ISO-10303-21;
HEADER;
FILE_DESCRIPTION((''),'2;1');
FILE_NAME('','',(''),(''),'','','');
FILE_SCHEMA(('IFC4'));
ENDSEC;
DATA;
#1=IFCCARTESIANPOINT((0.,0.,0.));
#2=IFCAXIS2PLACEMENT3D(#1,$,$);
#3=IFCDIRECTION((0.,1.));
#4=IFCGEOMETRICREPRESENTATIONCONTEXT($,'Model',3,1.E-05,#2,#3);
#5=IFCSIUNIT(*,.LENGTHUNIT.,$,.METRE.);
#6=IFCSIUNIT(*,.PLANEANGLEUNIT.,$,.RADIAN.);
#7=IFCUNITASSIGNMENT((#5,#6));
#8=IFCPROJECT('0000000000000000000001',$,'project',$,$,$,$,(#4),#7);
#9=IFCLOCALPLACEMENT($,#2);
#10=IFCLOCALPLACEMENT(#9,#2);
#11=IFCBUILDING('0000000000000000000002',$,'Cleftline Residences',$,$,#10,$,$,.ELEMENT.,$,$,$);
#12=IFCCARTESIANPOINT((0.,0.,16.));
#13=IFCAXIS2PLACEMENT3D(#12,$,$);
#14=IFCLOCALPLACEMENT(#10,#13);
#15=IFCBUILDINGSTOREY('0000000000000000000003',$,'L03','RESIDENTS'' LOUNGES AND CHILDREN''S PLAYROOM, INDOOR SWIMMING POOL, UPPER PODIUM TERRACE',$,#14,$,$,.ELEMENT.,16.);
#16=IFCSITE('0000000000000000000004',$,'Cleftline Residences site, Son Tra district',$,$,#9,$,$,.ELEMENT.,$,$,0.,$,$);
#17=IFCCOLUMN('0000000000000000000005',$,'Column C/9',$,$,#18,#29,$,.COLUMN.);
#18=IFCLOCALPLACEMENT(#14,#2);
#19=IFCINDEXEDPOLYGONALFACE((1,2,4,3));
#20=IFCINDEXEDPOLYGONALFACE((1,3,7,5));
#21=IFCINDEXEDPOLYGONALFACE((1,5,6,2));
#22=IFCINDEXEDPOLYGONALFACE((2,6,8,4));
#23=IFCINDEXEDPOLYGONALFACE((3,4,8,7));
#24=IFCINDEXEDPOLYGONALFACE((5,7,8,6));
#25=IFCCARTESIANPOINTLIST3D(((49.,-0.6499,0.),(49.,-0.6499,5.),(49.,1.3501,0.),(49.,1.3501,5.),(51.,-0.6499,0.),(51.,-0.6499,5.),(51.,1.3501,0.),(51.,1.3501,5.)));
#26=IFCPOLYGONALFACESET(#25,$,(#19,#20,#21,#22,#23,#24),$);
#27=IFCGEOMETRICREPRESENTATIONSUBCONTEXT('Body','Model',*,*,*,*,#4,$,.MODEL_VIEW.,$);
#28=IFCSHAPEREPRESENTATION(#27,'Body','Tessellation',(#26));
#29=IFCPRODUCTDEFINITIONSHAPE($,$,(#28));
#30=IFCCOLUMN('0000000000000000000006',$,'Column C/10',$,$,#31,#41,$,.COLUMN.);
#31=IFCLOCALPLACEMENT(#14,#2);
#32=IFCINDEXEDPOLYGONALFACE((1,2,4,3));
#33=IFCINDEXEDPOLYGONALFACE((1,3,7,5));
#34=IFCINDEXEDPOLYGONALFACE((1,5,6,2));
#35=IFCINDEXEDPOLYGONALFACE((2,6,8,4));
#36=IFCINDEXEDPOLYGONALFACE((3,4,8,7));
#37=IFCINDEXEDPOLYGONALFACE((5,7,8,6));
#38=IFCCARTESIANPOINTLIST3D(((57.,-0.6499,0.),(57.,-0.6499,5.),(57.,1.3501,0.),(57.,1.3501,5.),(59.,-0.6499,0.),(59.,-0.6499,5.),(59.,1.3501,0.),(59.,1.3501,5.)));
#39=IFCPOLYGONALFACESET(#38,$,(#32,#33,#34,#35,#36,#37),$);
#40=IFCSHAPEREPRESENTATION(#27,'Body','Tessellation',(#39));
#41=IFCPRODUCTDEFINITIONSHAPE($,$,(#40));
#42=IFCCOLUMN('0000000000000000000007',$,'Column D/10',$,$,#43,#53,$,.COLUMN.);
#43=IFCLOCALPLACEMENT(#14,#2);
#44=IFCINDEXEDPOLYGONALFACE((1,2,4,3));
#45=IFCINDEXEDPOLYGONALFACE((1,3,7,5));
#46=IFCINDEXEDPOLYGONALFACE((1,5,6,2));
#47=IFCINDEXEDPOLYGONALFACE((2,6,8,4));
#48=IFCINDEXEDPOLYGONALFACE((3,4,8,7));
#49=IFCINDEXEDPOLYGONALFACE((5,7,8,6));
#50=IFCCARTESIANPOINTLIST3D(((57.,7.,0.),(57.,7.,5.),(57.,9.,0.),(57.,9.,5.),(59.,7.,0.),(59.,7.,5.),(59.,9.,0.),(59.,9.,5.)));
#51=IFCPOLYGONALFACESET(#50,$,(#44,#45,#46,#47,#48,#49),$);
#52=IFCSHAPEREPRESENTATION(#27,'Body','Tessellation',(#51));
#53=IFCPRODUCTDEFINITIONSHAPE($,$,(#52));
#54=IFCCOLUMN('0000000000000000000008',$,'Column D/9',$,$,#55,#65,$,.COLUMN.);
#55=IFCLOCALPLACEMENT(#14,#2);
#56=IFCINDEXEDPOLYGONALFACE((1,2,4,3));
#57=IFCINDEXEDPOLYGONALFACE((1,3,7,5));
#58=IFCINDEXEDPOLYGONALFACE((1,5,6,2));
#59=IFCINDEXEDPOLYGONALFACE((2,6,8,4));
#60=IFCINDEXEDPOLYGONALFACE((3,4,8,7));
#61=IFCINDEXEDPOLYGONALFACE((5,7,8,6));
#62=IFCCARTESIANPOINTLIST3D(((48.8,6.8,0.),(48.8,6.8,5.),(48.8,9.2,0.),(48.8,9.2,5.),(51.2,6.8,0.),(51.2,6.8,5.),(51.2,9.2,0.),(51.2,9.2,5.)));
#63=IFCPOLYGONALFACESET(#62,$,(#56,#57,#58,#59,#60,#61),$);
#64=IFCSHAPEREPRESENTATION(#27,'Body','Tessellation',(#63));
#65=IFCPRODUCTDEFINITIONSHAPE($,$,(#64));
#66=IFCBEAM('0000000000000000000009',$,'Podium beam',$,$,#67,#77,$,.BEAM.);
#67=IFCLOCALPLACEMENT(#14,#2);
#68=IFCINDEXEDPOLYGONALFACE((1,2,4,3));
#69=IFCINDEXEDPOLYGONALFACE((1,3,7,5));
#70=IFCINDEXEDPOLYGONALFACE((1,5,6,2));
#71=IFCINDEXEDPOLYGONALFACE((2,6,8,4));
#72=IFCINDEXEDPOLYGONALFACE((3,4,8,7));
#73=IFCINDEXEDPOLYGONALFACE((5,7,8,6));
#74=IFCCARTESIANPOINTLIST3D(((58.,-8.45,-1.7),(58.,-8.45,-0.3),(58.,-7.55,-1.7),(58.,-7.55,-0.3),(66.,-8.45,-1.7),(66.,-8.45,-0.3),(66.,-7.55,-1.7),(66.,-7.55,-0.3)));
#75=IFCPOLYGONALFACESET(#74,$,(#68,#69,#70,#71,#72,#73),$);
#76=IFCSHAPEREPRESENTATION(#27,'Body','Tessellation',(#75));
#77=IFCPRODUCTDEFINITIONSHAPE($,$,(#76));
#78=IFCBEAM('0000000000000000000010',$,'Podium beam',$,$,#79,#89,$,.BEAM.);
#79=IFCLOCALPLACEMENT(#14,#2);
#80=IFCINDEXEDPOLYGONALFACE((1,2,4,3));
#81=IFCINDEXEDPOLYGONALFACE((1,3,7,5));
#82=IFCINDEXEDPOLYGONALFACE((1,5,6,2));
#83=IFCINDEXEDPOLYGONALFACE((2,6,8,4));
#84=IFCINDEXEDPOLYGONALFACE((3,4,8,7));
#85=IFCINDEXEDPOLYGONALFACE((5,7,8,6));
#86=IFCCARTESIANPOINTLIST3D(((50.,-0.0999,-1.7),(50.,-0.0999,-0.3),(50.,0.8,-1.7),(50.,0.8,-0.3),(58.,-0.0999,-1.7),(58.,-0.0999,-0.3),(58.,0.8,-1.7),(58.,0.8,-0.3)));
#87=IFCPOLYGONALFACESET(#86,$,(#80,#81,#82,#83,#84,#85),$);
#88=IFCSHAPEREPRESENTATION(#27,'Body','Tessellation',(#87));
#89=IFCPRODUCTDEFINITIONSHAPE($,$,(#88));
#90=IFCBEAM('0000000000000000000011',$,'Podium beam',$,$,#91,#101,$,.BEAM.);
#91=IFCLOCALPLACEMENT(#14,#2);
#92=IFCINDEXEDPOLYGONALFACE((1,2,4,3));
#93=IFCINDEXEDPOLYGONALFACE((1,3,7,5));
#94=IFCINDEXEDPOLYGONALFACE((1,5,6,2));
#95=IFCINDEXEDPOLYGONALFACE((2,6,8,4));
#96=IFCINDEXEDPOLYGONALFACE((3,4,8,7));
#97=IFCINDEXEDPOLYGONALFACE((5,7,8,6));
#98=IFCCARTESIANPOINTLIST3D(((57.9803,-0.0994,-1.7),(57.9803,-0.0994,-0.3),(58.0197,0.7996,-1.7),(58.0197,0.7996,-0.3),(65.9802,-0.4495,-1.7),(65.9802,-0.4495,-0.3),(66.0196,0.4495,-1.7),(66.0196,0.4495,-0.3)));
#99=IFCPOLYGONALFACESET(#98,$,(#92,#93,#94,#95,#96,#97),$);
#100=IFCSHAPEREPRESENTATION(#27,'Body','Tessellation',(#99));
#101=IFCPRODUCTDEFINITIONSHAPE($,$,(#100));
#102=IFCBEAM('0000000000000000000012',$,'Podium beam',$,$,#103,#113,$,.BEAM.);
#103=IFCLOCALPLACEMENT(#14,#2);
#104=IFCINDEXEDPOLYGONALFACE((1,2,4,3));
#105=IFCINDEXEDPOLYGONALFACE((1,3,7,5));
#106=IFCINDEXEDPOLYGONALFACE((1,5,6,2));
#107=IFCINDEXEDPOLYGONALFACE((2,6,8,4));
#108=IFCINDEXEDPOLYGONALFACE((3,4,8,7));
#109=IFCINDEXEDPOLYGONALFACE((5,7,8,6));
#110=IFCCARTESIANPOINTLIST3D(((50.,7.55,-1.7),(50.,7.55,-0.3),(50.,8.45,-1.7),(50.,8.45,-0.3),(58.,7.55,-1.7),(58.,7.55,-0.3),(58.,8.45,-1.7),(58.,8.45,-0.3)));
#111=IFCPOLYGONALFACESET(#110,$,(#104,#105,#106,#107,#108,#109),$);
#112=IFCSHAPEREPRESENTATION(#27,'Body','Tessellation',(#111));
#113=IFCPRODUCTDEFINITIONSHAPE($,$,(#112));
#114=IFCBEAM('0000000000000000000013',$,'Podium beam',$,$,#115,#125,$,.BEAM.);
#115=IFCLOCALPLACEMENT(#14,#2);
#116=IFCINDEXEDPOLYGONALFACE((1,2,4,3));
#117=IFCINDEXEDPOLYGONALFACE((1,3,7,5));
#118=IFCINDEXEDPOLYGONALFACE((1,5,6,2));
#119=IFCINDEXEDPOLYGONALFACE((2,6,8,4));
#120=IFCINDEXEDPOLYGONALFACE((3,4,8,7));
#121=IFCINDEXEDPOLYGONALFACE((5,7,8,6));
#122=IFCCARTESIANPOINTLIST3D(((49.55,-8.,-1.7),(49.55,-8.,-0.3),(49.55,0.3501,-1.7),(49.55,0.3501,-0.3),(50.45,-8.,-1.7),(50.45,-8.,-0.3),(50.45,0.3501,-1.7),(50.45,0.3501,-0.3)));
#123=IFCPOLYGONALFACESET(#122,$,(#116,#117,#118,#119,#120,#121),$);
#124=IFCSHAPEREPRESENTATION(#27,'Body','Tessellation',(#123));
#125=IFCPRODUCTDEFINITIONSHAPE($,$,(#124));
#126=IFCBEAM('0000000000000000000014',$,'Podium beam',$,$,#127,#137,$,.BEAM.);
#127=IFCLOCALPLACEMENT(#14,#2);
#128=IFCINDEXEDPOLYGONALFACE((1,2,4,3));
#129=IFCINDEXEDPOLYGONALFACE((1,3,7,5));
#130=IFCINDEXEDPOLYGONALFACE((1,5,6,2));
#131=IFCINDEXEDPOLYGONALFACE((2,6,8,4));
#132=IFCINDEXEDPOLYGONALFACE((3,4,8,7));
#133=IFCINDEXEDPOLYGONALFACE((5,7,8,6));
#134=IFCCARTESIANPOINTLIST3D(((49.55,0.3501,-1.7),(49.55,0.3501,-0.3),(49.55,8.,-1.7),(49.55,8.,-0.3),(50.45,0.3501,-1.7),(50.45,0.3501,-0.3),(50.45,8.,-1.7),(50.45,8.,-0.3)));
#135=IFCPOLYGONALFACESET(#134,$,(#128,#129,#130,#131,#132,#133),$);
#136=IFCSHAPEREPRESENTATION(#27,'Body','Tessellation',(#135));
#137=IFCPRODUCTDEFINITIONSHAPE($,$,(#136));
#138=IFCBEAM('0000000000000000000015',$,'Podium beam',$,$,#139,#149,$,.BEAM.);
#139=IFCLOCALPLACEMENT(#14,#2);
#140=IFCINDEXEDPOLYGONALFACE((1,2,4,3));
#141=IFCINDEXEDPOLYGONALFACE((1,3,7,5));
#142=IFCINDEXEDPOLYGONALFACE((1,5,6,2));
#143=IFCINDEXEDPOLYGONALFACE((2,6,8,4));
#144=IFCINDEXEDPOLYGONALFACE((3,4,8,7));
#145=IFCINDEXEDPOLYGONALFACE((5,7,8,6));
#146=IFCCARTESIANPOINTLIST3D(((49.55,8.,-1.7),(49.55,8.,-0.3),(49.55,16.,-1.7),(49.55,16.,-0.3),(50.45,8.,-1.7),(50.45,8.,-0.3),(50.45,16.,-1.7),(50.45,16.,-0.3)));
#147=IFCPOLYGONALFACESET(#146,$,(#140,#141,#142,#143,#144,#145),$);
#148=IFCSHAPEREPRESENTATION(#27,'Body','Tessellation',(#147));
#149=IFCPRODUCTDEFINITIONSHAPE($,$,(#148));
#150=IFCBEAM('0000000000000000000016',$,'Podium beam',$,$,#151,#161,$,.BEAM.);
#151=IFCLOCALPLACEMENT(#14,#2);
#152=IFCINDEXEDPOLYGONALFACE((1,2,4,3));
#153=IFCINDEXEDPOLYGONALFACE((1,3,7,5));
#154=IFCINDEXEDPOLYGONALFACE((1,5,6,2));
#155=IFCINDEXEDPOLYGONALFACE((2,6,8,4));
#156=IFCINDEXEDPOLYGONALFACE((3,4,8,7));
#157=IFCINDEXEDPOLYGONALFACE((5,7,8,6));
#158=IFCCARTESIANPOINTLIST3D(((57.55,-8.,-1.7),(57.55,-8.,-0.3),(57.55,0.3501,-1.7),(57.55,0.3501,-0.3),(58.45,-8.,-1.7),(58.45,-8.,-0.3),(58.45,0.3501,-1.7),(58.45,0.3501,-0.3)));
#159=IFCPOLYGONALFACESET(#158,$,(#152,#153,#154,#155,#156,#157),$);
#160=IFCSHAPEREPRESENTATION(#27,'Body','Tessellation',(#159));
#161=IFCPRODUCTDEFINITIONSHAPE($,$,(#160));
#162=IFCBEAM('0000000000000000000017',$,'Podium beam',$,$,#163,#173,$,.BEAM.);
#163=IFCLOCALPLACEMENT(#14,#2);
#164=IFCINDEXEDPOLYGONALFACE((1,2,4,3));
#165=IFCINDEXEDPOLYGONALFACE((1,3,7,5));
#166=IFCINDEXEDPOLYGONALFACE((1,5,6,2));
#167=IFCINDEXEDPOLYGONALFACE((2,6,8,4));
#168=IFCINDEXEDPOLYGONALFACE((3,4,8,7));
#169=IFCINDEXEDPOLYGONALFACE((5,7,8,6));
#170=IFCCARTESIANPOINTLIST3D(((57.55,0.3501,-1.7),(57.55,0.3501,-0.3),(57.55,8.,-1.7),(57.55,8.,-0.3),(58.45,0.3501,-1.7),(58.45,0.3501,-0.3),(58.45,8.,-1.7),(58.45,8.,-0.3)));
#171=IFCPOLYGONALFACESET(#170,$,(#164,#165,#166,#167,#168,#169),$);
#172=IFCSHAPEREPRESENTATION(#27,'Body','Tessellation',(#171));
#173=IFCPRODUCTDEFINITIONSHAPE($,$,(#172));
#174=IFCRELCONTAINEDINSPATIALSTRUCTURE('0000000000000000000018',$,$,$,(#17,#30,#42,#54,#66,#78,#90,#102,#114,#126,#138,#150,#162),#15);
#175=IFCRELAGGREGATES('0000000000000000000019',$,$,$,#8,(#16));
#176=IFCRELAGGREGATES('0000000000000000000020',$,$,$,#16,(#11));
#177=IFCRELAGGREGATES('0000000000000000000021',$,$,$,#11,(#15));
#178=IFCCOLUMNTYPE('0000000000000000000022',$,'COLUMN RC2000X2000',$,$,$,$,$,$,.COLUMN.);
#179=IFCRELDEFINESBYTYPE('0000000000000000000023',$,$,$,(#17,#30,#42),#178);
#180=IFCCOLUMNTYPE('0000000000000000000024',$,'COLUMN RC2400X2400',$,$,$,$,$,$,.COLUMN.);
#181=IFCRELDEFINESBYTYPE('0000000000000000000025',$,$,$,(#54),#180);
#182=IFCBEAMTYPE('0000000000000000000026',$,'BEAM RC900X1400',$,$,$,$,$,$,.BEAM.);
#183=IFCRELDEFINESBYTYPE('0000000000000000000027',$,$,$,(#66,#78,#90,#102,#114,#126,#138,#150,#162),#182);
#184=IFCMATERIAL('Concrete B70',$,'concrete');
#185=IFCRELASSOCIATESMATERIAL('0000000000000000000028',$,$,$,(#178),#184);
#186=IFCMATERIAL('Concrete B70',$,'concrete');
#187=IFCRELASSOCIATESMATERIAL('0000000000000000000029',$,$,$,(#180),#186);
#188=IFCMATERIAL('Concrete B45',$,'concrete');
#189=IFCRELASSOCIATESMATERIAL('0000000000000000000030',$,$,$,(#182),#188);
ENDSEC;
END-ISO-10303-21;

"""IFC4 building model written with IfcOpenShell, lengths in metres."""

from ifc_helpers import new_model, si_unit, direction, frame, origin, origin_2d, place, context, subcontext, project, spatial, rectangle, extrude, material, material_profile, profile_set, type_object, element, save


model = new_model("IFC4")

# Units and contexts
model_context = context("Model", 3, precision=1e-05, world=origin(), true_north=direction((0.0, 1.0)))
body_context = subcontext(model_context, "Body", "Model", "MODEL_VIEW")
ifc_project = project(units=[si_unit("LENGTHUNIT", "METRE"), si_unit("PLANEANGLEUNIT", "RADIAN")], contexts=[model_context])

# Site, building, storey
site_placement = place(None, origin())
site = spatial("IfcSite", under=ifc_project, at=site_placement, Name="Cleftline Residences site, Son Tra district", CompositionType="ELEMENT", RefElevation=0.0)
building_placement = place(site_placement, origin())
building = spatial("IfcBuilding", under=site, at=building_placement, Name="Cleftline Residences", CompositionType="ELEMENT")
storey_placement = place(building_placement, frame((0.0, 0.0, 16.0)))
storey = spatial("IfcBuildingStorey", under=building, at=storey_placement, Name="L03", Description="RESIDENTS' LOUNGES AND CHILDREN'S PLAYROOM, INDOOR SWIMMING POOL, UPPER PODIUM TERRACE", CompositionType="ELEMENT", Elevation=16.0)

# Columns
ifc_material_1 = material(Name="Concrete B70", Category="concrete")
ifc_material_profile_1 = material_profile(ifc_material_1, rectangle(XDim=2.0, YDim=2.0, at=origin_2d()))
ifc_profile_set_1 = profile_set([ifc_material_profile_1], Name="Concrete B70")
column_type_1 = type_object("IfcColumnType", Name="COLUMN RC2000X2000", PredefinedType="COLUMN", material=ifc_profile_set_1)
for number, where, z_axis, x_axis, name in (
    (1, (50.0, 0.3501, 0.0), (0.0, 0.0, 1.0), (1.0, 0.0, 0.0), "Column C/9"),
    (2, (58.0, 0.3501, 0.0), (0.0, 0.0, 1.0), (1.0, 0.0, 0.0), "Column C/10"),
    (3, (58.0, 8.0, 0.0), (0.0, 0.0, 1.0), (1.0, 0.0, 0.0), "Column D/10"),
):
    element("IfcColumn", number, at=place(storey_placement, frame(where, z_axis=z_axis, x_axis=x_axis)), inside=storey, type_object=column_type_1, Name=name, PredefinedType="COLUMN", context=body_context, shape_type="SweptSolid", body=[
        extrude(rectangle(XDim=2.0, YDim=2.0, at=origin_2d()), origin(), (0.0, 0.0, 1.0), 5.0),
    ])
ifc_material_2 = material(Name="Concrete B70", Category="concrete")
ifc_material_profile_2 = material_profile(ifc_material_2, rectangle(XDim=2.3999, YDim=2.3999, at=origin_2d()))
ifc_profile_set_2 = profile_set([ifc_material_profile_2], Name="Concrete B70")
column_type_2 = type_object("IfcColumnType", Name="COLUMN RC2400X2400", PredefinedType="COLUMN", material=ifc_profile_set_2)
column_placement = place(storey_placement, frame((50.0, 8.0, 0.0), z_axis=(0.0, 0.0, 1.0), x_axis=(1.0, 0.0, 0.0)))
element("IfcColumn", 4, at=column_placement, inside=storey, type_object=column_type_2, Name="Column D/9", PredefinedType="COLUMN", context=body_context, shape_type="SweptSolid", body=[
    extrude(rectangle(XDim=2.3999, YDim=2.3999, at=origin_2d()), origin(), (0.0, 0.0, 1.0), 5.0),
])

# Beams
ifc_material_3 = material(Name="Concrete B45", Category="concrete")
ifc_material_profile_3 = material_profile(ifc_material_3, rectangle(XDim=0.8999, YDim=1.3999, at=origin_2d()))
ifc_profile_set_3 = profile_set([ifc_material_profile_3], Name="Concrete B45")
beam_type = type_object("IfcBeamType", Name="BEAM RC900X1400", PredefinedType="BEAM", material=ifc_profile_set_3)
for number, where, z_axis, x_axis, name in (
    (5, (58.0, -8.0, -1.0), (1.0, 0.0, 0.0), (0.0, 1.0, 0.0), "Podium beam"),
    (6, (50.0, 0.3501, -1.0), (1.0, 0.0, 0.0), (0.0, 1.0, 0.0), "Podium beam"),
):
    element("IfcBeam", number, at=place(storey_placement, frame(where, z_axis=z_axis, x_axis=x_axis)), inside=storey, type_object=beam_type, Name=name, PredefinedType="BEAM", context=body_context, shape_type="SweptSolid", body=[
        extrude(rectangle(XDim=0.8999, YDim=1.3999, at=origin_2d()), origin(), (0.0, 0.0, 1.0), 8.0),
    ])
beam_1_placement = place(storey_placement, frame((58.0, 0.3501, -1.0), z_axis=(0.999044, -0.04372, 0.0), x_axis=(0.04372, 0.999044, 0.0)))
element("IfcBeam", 7, at=beam_1_placement, inside=storey, type_object=beam_type, Name="Podium beam", PredefinedType="BEAM", context=body_context, shape_type="SweptSolid", body=[
    extrude(rectangle(XDim=0.8999, YDim=1.3999, at=origin_2d()), origin(), (0.0, 0.0, 1.0), 8.0076),
])
beam_2_placement = place(storey_placement, frame((50.0, 8.0, -1.0), z_axis=(1.0, 0.0, 0.0), x_axis=(0.0, 1.0, 0.0)))
element("IfcBeam", 8, at=beam_2_placement, inside=storey, type_object=beam_type, Name="Podium beam", PredefinedType="BEAM", context=body_context, shape_type="SweptSolid", body=[
    extrude(rectangle(XDim=0.8999, YDim=1.3999, at=origin_2d()), origin(), (0.0, 0.0, 1.0), 8.0),
])
beam_3_placement = place(storey_placement, frame((50.0, -8.0, -1.0), z_axis=(0.0, 1.0, 0.0), x_axis=(-1.0, 0.0, 0.0)))
element("IfcBeam", 9, at=beam_3_placement, inside=storey, type_object=beam_type, Name="Podium beam", PredefinedType="BEAM", context=body_context, shape_type="SweptSolid", body=[
    extrude(rectangle(XDim=0.8999, YDim=1.3999, at=origin_2d()), origin(), (0.0, 0.0, 1.0), 8.3501),
])
beam_4_placement = place(storey_placement, frame((50.0, 0.3501, -1.0), z_axis=(0.0, 1.0, 0.0), x_axis=(-1.0, 0.0, 0.0)))
element("IfcBeam", 10, at=beam_4_placement, inside=storey, type_object=beam_type, Name="Podium beam", PredefinedType="BEAM", context=body_context, shape_type="SweptSolid", body=[
    extrude(rectangle(XDim=0.8999, YDim=1.3999, at=origin_2d()), origin(), (0.0, 0.0, 1.0), 7.6499),
])
beam_5_placement = place(storey_placement, frame((50.0, 8.0, -1.0), z_axis=(0.0, 1.0, 0.0), x_axis=(-1.0, 0.0, 0.0)))
element("IfcBeam", 11, at=beam_5_placement, inside=storey, type_object=beam_type, Name="Podium beam", PredefinedType="BEAM", context=body_context, shape_type="SweptSolid", body=[
    extrude(rectangle(XDim=0.8999, YDim=1.3999, at=origin_2d()), origin(), (0.0, 0.0, 1.0), 8.0),
])
beam_6_placement = place(storey_placement, frame((58.0, -8.0, -1.0), z_axis=(0.0, 1.0, 0.0), x_axis=(-1.0, 0.0, 0.0)))
element("IfcBeam", 12, at=beam_6_placement, inside=storey, type_object=beam_type, Name="Podium beam", PredefinedType="BEAM", context=body_context, shape_type="SweptSolid", body=[
    extrude(rectangle(XDim=0.8999, YDim=1.3999, at=origin_2d()), origin(), (0.0, 0.0, 1.0), 8.3501),
])
beam_7_placement = place(storey_placement, frame((58.0, 0.3501, -1.0), z_axis=(0.0, 1.0, 0.0), x_axis=(-1.0, 0.0, 0.0)))
element("IfcBeam", 13, at=beam_7_placement, inside=storey, type_object=beam_type, Name="Podium beam", PredefinedType="BEAM", context=body_context, shape_type="SweptSolid", body=[
    extrude(rectangle(XDim=0.8999, YDim=1.3999, at=origin_2d()), origin(), (0.0, 0.0, 1.0), 7.6499),
])

save(model, "model.ifc")
